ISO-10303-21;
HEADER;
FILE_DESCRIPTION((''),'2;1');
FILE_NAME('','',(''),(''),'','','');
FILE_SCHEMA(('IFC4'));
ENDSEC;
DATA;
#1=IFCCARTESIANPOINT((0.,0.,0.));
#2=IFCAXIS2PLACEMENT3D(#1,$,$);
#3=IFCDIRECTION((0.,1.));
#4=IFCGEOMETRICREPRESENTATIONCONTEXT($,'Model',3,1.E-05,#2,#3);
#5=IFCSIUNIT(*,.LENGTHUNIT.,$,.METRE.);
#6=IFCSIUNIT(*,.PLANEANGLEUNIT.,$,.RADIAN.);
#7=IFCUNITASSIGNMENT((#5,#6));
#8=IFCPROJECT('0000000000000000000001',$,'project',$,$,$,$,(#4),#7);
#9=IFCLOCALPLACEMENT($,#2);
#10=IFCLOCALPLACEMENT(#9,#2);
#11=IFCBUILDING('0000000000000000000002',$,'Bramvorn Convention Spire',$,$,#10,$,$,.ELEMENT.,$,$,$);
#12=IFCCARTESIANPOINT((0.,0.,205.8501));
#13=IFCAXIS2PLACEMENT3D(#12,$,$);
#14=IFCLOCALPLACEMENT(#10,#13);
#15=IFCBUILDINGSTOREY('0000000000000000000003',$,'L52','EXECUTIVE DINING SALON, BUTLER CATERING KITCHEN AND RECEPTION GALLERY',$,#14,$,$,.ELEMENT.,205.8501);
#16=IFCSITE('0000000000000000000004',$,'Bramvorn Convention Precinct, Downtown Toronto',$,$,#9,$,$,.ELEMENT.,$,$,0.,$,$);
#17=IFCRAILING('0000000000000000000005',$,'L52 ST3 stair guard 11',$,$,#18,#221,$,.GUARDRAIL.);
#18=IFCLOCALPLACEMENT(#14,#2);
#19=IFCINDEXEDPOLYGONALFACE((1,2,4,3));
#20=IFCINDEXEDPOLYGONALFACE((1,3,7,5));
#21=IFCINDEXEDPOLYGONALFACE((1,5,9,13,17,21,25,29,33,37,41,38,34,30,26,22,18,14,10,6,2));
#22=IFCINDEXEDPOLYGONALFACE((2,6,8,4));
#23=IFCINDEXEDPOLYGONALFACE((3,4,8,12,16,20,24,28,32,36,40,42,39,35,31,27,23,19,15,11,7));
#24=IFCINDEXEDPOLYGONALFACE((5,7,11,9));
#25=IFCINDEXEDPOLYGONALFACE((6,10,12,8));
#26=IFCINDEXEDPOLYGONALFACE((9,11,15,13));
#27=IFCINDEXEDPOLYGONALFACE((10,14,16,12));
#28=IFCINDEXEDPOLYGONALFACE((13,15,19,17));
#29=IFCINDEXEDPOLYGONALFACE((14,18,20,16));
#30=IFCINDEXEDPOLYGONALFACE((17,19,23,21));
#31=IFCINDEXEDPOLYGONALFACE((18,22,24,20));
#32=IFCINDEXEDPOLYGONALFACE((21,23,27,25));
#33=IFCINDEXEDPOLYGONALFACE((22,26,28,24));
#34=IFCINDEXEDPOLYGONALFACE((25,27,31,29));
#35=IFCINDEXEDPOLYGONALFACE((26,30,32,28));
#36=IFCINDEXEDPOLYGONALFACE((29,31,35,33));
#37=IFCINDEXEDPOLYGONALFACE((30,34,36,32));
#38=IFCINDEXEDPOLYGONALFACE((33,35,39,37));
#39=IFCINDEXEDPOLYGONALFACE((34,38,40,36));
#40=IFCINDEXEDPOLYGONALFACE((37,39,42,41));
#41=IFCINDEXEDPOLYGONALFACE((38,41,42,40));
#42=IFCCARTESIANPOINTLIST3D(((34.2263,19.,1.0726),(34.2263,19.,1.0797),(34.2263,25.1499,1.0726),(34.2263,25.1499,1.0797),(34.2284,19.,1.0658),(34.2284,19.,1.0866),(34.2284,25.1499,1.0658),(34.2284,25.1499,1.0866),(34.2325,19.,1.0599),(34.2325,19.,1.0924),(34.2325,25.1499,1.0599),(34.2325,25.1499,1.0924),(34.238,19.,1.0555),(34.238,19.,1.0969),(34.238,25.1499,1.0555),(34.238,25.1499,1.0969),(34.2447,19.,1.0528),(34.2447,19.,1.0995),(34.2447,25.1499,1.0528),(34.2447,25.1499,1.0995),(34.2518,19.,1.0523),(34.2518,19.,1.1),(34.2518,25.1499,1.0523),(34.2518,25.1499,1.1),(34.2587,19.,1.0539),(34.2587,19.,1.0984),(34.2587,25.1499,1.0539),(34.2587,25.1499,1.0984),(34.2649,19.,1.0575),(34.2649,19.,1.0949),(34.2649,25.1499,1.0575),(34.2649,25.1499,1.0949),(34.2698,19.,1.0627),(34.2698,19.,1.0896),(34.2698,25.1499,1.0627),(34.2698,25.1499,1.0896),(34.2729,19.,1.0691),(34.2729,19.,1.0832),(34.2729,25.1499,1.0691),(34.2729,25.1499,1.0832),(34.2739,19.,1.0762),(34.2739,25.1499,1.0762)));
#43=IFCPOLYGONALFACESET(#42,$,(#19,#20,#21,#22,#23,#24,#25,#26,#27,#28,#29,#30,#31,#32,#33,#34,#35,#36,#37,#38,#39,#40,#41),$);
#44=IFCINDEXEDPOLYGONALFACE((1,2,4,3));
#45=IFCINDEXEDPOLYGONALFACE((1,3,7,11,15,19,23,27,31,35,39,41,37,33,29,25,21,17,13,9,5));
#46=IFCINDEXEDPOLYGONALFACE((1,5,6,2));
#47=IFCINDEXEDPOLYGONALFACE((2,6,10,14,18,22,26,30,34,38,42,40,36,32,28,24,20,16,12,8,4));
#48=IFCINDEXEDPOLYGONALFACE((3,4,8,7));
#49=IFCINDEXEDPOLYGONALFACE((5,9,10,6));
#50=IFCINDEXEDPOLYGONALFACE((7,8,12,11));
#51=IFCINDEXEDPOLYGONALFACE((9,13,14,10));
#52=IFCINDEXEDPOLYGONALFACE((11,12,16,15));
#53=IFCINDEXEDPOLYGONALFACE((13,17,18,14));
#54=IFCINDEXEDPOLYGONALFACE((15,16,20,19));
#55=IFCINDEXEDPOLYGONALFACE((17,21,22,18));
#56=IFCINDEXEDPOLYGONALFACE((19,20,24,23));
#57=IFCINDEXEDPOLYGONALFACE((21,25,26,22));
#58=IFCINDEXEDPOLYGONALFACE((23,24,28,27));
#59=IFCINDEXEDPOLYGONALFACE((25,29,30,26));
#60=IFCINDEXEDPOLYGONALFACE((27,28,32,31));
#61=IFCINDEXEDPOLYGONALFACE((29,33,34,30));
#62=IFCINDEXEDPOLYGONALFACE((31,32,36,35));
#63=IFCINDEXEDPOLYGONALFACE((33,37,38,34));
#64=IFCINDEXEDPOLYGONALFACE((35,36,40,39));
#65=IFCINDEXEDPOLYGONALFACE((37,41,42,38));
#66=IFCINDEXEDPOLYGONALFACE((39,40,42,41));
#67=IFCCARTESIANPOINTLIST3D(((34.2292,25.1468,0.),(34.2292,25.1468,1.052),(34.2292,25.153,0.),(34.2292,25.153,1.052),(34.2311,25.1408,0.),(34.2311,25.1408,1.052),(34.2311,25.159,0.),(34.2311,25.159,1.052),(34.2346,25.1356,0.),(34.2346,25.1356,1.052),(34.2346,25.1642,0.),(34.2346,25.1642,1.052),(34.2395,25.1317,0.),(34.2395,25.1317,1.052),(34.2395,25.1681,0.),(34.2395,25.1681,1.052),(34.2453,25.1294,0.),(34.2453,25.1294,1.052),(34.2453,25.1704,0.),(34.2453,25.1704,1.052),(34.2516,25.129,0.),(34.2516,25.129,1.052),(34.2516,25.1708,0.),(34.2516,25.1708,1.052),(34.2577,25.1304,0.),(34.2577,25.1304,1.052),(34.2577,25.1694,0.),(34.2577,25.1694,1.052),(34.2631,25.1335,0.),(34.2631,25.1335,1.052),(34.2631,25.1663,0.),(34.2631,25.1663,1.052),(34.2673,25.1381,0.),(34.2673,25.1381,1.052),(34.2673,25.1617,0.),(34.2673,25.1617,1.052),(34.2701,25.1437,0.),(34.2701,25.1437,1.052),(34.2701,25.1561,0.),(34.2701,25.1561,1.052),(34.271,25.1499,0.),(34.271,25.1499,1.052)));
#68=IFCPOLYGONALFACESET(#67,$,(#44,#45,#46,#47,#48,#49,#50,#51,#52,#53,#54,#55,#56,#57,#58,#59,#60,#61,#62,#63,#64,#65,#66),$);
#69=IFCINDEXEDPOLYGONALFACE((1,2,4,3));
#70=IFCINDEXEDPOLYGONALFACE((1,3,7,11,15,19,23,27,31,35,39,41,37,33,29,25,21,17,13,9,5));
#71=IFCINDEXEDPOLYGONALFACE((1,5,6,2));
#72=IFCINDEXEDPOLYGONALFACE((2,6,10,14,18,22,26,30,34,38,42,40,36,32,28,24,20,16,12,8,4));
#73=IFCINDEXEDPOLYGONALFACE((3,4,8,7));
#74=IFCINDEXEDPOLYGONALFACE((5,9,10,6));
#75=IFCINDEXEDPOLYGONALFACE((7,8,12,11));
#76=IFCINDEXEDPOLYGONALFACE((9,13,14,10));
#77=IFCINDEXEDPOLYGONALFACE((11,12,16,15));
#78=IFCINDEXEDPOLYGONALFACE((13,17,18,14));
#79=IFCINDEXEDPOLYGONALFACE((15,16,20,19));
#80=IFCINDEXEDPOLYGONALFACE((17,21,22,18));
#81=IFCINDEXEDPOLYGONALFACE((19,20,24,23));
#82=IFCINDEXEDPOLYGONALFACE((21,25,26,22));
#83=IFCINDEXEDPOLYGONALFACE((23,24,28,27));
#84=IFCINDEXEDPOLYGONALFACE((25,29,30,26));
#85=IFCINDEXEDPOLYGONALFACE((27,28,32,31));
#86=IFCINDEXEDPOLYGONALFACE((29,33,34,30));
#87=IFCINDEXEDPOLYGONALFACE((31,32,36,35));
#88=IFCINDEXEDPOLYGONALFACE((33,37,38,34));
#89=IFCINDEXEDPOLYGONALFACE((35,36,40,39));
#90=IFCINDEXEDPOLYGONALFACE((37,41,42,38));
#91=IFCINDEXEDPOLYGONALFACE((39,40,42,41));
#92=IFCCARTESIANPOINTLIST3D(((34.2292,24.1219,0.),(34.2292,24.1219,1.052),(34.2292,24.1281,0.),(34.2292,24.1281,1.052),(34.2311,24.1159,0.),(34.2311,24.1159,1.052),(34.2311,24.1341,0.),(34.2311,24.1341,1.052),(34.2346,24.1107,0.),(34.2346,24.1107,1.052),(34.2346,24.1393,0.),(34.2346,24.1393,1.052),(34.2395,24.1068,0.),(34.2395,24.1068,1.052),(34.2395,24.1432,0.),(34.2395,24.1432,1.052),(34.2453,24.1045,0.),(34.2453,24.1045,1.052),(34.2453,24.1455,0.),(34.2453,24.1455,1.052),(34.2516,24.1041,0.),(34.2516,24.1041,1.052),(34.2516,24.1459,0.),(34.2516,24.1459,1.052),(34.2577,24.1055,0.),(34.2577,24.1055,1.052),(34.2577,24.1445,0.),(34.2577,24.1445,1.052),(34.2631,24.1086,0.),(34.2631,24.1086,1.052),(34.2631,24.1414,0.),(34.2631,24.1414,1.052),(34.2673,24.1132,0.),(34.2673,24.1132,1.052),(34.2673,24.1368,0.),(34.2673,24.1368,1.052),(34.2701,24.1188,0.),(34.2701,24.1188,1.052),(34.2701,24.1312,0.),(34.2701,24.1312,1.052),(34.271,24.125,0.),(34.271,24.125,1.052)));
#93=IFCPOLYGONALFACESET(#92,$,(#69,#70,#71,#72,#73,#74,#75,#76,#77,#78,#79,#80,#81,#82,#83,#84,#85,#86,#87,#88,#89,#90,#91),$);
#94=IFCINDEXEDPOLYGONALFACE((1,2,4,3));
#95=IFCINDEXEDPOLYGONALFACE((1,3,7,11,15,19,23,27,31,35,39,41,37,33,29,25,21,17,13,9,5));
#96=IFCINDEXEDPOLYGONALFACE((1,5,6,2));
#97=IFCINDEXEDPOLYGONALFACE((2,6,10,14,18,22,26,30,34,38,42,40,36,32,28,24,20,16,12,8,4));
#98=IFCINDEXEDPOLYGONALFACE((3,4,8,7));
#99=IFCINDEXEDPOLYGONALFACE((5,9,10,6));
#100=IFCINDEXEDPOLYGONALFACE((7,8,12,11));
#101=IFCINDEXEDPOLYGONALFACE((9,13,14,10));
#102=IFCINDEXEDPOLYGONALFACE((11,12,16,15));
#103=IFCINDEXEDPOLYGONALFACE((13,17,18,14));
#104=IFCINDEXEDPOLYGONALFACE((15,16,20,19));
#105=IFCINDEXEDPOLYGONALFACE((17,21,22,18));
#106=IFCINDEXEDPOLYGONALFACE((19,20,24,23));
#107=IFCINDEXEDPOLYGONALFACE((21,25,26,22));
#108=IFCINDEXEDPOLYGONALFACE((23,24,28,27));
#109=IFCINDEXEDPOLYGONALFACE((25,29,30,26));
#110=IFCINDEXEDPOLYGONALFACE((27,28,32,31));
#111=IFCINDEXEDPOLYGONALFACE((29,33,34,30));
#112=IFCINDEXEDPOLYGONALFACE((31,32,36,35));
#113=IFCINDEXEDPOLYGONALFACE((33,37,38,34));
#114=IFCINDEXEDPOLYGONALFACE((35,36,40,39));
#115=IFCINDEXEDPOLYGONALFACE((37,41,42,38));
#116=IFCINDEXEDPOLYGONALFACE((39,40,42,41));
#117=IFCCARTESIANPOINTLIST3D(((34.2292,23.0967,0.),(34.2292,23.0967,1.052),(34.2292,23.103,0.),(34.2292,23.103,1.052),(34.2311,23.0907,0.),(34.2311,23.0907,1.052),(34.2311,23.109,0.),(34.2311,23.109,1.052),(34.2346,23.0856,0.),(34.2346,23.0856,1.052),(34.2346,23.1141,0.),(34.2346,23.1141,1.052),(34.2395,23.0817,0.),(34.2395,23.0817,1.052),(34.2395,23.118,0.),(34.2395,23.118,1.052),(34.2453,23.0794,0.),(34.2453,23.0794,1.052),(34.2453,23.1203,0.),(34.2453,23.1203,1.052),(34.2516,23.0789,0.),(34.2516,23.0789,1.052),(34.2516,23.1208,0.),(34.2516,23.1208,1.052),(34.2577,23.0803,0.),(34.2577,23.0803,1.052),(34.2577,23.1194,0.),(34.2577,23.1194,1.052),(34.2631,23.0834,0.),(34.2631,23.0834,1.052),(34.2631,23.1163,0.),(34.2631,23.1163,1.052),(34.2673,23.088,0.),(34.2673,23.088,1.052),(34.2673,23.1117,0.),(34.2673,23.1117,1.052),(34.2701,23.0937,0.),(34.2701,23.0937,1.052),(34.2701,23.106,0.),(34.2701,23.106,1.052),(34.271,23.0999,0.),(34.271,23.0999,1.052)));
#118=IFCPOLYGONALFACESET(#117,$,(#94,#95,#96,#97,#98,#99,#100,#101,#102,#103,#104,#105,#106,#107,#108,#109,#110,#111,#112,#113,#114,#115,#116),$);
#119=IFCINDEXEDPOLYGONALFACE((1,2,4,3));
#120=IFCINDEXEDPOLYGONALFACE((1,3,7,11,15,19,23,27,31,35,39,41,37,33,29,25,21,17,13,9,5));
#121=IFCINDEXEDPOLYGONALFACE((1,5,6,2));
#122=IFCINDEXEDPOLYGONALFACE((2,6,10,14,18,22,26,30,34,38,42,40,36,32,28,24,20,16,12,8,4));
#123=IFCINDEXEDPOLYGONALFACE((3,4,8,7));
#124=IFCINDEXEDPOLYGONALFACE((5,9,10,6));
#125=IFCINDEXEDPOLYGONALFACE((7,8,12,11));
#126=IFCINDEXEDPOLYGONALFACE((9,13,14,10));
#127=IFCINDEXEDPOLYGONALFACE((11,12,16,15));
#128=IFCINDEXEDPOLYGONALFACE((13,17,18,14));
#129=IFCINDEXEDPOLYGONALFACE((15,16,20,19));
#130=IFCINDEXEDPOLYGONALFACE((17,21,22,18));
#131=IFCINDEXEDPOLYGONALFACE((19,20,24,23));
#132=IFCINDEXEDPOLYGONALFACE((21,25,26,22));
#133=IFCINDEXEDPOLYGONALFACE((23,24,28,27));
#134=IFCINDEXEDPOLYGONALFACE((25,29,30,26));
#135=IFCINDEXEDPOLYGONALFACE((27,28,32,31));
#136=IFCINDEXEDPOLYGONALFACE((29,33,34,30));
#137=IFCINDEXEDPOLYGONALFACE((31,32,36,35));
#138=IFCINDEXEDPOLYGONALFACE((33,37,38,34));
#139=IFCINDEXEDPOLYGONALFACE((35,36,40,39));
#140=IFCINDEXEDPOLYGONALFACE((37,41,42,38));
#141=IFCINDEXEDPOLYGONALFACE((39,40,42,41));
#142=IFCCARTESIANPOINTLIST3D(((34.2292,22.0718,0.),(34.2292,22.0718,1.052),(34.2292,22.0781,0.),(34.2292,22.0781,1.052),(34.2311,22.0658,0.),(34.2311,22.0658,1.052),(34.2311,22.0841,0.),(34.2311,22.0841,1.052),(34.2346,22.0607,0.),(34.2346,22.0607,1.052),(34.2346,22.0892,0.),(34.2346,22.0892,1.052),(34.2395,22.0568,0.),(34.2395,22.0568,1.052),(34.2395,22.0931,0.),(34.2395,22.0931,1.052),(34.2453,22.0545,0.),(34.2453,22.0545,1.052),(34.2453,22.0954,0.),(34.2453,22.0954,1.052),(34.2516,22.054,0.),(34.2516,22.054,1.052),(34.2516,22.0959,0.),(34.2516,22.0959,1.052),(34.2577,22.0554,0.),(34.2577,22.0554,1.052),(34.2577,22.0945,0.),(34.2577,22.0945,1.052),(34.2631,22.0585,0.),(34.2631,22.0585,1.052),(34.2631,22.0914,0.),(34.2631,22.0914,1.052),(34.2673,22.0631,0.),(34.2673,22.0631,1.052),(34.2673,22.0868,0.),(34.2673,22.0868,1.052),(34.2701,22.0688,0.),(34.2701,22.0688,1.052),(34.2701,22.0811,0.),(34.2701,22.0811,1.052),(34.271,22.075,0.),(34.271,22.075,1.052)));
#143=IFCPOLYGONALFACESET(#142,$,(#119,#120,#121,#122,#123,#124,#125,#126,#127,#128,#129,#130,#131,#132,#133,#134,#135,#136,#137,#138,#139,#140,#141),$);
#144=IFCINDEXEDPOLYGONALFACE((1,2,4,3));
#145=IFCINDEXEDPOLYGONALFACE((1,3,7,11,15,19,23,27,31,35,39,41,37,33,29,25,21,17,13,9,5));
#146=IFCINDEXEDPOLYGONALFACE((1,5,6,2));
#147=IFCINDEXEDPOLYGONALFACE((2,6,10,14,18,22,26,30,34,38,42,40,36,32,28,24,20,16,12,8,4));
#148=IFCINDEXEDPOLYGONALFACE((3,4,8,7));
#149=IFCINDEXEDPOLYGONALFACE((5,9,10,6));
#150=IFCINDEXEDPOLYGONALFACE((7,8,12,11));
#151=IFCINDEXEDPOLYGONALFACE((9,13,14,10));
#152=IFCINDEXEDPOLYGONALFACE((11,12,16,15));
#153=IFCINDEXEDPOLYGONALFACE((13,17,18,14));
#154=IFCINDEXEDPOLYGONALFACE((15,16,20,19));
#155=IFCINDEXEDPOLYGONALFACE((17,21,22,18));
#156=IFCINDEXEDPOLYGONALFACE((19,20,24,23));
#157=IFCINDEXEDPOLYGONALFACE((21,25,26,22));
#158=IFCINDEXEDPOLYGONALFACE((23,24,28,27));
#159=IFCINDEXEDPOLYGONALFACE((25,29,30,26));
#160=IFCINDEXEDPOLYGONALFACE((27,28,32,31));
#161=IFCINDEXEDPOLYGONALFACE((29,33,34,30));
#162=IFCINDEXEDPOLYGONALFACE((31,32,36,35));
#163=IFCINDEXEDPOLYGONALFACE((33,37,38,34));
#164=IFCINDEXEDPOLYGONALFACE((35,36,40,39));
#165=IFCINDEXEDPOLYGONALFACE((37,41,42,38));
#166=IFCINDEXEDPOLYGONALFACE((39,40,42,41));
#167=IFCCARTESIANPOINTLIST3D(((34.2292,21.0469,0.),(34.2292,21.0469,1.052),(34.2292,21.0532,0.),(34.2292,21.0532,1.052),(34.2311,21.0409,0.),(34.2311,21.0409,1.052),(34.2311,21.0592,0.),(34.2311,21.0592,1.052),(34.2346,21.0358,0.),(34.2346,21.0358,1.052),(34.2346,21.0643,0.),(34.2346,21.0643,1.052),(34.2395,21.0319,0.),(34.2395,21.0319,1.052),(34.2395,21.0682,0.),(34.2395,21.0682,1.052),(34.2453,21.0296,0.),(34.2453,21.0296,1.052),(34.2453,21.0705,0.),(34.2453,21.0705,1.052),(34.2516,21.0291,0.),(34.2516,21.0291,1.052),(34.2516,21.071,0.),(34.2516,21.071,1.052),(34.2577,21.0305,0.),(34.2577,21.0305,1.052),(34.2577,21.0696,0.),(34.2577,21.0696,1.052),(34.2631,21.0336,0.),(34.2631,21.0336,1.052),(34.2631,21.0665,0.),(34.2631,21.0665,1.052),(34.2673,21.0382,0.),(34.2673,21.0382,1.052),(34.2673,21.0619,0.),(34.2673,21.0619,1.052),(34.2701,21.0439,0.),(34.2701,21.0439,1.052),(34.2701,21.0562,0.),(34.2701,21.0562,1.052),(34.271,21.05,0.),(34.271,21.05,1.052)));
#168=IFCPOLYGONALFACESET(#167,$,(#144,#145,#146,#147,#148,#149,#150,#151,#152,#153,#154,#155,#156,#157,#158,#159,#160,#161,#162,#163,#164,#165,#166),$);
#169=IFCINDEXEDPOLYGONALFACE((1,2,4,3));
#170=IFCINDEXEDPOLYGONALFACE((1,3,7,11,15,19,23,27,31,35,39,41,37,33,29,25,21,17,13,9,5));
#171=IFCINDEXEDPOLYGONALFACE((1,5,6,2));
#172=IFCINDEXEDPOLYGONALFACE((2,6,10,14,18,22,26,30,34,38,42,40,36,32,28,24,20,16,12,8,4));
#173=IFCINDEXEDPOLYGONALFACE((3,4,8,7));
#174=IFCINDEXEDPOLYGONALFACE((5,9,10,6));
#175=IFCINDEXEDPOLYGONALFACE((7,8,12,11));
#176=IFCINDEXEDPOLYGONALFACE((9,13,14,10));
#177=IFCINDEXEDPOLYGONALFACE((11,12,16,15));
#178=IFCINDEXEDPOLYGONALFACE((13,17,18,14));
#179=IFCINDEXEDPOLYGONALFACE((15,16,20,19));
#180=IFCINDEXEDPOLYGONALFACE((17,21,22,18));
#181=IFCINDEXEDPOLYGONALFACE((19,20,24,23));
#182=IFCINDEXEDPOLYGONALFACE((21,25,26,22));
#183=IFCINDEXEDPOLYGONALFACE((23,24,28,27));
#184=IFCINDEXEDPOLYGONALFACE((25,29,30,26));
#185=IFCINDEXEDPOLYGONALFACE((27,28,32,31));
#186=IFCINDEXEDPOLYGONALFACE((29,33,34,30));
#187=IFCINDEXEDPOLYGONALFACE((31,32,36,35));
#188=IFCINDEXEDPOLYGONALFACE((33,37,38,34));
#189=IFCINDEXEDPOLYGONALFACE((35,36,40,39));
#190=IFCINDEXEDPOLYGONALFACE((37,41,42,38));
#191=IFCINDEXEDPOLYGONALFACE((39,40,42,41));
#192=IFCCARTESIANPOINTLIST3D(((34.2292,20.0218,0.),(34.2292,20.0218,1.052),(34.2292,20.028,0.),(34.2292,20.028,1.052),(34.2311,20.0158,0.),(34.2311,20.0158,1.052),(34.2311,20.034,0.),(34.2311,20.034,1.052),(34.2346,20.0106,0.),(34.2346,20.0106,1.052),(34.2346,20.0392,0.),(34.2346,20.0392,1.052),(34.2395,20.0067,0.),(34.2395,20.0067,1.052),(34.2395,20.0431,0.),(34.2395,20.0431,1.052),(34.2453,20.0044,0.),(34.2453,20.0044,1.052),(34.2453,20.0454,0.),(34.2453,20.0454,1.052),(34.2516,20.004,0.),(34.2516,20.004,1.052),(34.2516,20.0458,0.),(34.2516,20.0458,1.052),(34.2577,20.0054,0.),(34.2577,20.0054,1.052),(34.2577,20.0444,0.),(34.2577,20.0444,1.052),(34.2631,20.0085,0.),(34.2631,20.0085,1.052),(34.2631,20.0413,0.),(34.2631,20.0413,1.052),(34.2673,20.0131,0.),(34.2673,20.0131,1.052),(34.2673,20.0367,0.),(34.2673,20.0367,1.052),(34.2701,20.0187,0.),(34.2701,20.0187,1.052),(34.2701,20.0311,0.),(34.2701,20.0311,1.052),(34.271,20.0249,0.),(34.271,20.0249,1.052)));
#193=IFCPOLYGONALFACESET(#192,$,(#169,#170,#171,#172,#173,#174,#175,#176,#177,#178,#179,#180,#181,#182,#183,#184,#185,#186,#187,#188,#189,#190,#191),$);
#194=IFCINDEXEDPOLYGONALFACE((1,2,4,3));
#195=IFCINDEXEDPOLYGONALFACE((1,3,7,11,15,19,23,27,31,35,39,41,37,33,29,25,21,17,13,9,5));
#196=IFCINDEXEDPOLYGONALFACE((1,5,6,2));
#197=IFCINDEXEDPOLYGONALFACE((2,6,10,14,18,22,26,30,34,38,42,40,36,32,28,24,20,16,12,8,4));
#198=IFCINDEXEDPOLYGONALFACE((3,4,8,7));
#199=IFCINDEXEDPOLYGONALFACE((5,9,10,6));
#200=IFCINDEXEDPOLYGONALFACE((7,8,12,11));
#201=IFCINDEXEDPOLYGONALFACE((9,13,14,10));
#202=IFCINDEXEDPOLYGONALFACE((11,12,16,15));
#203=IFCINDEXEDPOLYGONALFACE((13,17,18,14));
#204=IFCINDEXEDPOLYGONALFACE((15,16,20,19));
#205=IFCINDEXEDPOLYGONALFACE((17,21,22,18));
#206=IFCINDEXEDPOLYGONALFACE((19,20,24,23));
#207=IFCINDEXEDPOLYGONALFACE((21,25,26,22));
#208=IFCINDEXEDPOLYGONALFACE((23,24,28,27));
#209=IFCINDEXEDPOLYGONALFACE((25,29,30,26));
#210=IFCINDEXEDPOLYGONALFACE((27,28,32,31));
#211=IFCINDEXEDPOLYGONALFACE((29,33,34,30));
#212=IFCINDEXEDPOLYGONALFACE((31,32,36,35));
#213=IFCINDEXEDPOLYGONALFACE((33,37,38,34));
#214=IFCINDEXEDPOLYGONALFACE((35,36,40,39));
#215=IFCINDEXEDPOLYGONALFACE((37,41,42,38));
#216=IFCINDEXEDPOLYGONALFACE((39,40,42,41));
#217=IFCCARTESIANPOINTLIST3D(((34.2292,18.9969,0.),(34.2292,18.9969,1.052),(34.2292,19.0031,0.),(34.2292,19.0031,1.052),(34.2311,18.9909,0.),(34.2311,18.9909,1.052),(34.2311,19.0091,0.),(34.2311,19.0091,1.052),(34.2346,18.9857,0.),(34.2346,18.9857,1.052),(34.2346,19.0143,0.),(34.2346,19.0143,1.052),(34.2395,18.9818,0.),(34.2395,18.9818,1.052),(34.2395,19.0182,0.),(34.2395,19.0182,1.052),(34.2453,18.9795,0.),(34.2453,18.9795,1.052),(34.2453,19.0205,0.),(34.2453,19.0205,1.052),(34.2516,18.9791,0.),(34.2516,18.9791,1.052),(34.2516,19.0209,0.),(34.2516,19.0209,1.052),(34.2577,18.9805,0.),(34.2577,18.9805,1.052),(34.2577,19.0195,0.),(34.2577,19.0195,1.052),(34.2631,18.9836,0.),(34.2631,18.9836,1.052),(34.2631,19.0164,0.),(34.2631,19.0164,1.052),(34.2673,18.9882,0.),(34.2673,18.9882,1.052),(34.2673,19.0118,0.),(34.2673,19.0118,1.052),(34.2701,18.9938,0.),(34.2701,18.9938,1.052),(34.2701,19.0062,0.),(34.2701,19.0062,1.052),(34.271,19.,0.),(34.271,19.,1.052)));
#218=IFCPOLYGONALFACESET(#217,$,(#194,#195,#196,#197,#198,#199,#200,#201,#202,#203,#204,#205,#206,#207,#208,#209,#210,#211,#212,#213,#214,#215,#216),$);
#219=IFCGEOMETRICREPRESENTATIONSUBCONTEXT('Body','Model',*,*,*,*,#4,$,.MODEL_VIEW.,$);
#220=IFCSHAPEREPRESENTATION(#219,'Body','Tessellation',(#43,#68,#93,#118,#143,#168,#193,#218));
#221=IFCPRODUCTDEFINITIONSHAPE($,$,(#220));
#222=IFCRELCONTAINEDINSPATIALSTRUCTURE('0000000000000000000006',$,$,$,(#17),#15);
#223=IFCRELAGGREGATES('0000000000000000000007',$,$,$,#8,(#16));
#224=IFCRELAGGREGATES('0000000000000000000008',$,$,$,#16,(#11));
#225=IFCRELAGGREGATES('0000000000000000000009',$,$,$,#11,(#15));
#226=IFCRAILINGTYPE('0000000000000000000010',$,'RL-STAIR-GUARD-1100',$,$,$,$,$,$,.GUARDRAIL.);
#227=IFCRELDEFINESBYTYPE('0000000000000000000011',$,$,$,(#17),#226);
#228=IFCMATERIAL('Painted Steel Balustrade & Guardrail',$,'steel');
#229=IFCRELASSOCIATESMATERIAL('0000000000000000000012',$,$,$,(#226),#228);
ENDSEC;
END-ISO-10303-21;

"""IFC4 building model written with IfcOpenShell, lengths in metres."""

from ifc_helpers import new_model, si_unit, direction, frame, origin, origin_2d, place, context, subcontext, project, spatial, circle, extrude, material, type_object, element, save


model = new_model("IFC4")

# Units and contexts
model_context = context("Model", 3, precision=1e-05, world=origin(), true_north=direction((0.0, 1.0)))
body_context = subcontext(model_context, "Body", "Model", "MODEL_VIEW")
ifc_project = project(units=[si_unit("LENGTHUNIT", "METRE"), si_unit("PLANEANGLEUNIT", "RADIAN")], contexts=[model_context])

# Site, building, storey
site_placement = place(None, origin())
site = spatial("IfcSite", under=ifc_project, at=site_placement, Name="Bramvorn Convention Precinct, Downtown Toronto", CompositionType="ELEMENT", RefElevation=0.0)
building_placement = place(site_placement, origin())
building = spatial("IfcBuilding", under=site, at=building_placement, Name="Bramvorn Convention Spire", CompositionType="ELEMENT")
storey_placement = place(building_placement, frame((0.0, 0.0, 205.8501)))
storey = spatial("IfcBuildingStorey", under=building, at=storey_placement, Name="L52", Description="EXECUTIVE DINING SALON, BUTLER CATERING KITCHEN AND RECEPTION GALLERY", CompositionType="ELEMENT", Elevation=205.8501)

# Railing
ifc_material_1 = material(Name="Painted Steel Balustrade & Guardrail", Category="steel")
railing_type_1 = type_object("IfcRailingType", Name="RL-STAIR-GUARD-1100", PredefinedType="GUARDRAIL", material=ifc_material_1)
railing_1_placement = place(storey_placement, frame((34.25, 25.1499, 0.0)))
element("IfcRailing", 1, at=railing_1_placement, inside=storey, type_object=railing_type_1, Name="L52 ST3 stair guard 11", PredefinedType="GUARDRAIL", context=body_context, shape_type="SweptSolid", body=[
    extrude(circle(Radius=0.0239, at=origin_2d()), frame((0.0, 0.0, 1.0762), z_axis=(0.0, -1.0, 0.0), x_axis=(1.0, 0.0, 0.0)), (0.0, 0.0, 1.0), 6.1499),
    extrude(circle(Radius=0.021, at=origin_2d()), origin(), (0.0, 0.0, 1.0), 1.052),
    extrude(circle(Radius=0.021, at=origin_2d()), frame((0.0, -1.0249, 0.0)), (0.0, 0.0, 1.0), 1.052),
    extrude(circle(Radius=0.021, at=origin_2d()), frame((0.0, -2.05, 0.0)), (0.0, 0.0, 1.0), 1.052),
    extrude(circle(Radius=0.021, at=origin_2d()), frame((0.0, -3.075, 0.0)), (0.0, 0.0, 1.0), 1.052),
    extrude(circle(Radius=0.021, at=origin_2d()), frame((0.0, -4.0999, 0.0)), (0.0, 0.0, 1.0), 1.052),
    extrude(circle(Radius=0.021, at=origin_2d()), frame((0.0, -5.125, 0.0)), (0.0, 0.0, 1.0), 1.052),
    extrude(circle(Radius=0.021, at=origin_2d()), frame((0.0, -6.1499, 0.0)), (0.0, 0.0, 1.0), 1.052),
])

save(model, "model.ifc")
